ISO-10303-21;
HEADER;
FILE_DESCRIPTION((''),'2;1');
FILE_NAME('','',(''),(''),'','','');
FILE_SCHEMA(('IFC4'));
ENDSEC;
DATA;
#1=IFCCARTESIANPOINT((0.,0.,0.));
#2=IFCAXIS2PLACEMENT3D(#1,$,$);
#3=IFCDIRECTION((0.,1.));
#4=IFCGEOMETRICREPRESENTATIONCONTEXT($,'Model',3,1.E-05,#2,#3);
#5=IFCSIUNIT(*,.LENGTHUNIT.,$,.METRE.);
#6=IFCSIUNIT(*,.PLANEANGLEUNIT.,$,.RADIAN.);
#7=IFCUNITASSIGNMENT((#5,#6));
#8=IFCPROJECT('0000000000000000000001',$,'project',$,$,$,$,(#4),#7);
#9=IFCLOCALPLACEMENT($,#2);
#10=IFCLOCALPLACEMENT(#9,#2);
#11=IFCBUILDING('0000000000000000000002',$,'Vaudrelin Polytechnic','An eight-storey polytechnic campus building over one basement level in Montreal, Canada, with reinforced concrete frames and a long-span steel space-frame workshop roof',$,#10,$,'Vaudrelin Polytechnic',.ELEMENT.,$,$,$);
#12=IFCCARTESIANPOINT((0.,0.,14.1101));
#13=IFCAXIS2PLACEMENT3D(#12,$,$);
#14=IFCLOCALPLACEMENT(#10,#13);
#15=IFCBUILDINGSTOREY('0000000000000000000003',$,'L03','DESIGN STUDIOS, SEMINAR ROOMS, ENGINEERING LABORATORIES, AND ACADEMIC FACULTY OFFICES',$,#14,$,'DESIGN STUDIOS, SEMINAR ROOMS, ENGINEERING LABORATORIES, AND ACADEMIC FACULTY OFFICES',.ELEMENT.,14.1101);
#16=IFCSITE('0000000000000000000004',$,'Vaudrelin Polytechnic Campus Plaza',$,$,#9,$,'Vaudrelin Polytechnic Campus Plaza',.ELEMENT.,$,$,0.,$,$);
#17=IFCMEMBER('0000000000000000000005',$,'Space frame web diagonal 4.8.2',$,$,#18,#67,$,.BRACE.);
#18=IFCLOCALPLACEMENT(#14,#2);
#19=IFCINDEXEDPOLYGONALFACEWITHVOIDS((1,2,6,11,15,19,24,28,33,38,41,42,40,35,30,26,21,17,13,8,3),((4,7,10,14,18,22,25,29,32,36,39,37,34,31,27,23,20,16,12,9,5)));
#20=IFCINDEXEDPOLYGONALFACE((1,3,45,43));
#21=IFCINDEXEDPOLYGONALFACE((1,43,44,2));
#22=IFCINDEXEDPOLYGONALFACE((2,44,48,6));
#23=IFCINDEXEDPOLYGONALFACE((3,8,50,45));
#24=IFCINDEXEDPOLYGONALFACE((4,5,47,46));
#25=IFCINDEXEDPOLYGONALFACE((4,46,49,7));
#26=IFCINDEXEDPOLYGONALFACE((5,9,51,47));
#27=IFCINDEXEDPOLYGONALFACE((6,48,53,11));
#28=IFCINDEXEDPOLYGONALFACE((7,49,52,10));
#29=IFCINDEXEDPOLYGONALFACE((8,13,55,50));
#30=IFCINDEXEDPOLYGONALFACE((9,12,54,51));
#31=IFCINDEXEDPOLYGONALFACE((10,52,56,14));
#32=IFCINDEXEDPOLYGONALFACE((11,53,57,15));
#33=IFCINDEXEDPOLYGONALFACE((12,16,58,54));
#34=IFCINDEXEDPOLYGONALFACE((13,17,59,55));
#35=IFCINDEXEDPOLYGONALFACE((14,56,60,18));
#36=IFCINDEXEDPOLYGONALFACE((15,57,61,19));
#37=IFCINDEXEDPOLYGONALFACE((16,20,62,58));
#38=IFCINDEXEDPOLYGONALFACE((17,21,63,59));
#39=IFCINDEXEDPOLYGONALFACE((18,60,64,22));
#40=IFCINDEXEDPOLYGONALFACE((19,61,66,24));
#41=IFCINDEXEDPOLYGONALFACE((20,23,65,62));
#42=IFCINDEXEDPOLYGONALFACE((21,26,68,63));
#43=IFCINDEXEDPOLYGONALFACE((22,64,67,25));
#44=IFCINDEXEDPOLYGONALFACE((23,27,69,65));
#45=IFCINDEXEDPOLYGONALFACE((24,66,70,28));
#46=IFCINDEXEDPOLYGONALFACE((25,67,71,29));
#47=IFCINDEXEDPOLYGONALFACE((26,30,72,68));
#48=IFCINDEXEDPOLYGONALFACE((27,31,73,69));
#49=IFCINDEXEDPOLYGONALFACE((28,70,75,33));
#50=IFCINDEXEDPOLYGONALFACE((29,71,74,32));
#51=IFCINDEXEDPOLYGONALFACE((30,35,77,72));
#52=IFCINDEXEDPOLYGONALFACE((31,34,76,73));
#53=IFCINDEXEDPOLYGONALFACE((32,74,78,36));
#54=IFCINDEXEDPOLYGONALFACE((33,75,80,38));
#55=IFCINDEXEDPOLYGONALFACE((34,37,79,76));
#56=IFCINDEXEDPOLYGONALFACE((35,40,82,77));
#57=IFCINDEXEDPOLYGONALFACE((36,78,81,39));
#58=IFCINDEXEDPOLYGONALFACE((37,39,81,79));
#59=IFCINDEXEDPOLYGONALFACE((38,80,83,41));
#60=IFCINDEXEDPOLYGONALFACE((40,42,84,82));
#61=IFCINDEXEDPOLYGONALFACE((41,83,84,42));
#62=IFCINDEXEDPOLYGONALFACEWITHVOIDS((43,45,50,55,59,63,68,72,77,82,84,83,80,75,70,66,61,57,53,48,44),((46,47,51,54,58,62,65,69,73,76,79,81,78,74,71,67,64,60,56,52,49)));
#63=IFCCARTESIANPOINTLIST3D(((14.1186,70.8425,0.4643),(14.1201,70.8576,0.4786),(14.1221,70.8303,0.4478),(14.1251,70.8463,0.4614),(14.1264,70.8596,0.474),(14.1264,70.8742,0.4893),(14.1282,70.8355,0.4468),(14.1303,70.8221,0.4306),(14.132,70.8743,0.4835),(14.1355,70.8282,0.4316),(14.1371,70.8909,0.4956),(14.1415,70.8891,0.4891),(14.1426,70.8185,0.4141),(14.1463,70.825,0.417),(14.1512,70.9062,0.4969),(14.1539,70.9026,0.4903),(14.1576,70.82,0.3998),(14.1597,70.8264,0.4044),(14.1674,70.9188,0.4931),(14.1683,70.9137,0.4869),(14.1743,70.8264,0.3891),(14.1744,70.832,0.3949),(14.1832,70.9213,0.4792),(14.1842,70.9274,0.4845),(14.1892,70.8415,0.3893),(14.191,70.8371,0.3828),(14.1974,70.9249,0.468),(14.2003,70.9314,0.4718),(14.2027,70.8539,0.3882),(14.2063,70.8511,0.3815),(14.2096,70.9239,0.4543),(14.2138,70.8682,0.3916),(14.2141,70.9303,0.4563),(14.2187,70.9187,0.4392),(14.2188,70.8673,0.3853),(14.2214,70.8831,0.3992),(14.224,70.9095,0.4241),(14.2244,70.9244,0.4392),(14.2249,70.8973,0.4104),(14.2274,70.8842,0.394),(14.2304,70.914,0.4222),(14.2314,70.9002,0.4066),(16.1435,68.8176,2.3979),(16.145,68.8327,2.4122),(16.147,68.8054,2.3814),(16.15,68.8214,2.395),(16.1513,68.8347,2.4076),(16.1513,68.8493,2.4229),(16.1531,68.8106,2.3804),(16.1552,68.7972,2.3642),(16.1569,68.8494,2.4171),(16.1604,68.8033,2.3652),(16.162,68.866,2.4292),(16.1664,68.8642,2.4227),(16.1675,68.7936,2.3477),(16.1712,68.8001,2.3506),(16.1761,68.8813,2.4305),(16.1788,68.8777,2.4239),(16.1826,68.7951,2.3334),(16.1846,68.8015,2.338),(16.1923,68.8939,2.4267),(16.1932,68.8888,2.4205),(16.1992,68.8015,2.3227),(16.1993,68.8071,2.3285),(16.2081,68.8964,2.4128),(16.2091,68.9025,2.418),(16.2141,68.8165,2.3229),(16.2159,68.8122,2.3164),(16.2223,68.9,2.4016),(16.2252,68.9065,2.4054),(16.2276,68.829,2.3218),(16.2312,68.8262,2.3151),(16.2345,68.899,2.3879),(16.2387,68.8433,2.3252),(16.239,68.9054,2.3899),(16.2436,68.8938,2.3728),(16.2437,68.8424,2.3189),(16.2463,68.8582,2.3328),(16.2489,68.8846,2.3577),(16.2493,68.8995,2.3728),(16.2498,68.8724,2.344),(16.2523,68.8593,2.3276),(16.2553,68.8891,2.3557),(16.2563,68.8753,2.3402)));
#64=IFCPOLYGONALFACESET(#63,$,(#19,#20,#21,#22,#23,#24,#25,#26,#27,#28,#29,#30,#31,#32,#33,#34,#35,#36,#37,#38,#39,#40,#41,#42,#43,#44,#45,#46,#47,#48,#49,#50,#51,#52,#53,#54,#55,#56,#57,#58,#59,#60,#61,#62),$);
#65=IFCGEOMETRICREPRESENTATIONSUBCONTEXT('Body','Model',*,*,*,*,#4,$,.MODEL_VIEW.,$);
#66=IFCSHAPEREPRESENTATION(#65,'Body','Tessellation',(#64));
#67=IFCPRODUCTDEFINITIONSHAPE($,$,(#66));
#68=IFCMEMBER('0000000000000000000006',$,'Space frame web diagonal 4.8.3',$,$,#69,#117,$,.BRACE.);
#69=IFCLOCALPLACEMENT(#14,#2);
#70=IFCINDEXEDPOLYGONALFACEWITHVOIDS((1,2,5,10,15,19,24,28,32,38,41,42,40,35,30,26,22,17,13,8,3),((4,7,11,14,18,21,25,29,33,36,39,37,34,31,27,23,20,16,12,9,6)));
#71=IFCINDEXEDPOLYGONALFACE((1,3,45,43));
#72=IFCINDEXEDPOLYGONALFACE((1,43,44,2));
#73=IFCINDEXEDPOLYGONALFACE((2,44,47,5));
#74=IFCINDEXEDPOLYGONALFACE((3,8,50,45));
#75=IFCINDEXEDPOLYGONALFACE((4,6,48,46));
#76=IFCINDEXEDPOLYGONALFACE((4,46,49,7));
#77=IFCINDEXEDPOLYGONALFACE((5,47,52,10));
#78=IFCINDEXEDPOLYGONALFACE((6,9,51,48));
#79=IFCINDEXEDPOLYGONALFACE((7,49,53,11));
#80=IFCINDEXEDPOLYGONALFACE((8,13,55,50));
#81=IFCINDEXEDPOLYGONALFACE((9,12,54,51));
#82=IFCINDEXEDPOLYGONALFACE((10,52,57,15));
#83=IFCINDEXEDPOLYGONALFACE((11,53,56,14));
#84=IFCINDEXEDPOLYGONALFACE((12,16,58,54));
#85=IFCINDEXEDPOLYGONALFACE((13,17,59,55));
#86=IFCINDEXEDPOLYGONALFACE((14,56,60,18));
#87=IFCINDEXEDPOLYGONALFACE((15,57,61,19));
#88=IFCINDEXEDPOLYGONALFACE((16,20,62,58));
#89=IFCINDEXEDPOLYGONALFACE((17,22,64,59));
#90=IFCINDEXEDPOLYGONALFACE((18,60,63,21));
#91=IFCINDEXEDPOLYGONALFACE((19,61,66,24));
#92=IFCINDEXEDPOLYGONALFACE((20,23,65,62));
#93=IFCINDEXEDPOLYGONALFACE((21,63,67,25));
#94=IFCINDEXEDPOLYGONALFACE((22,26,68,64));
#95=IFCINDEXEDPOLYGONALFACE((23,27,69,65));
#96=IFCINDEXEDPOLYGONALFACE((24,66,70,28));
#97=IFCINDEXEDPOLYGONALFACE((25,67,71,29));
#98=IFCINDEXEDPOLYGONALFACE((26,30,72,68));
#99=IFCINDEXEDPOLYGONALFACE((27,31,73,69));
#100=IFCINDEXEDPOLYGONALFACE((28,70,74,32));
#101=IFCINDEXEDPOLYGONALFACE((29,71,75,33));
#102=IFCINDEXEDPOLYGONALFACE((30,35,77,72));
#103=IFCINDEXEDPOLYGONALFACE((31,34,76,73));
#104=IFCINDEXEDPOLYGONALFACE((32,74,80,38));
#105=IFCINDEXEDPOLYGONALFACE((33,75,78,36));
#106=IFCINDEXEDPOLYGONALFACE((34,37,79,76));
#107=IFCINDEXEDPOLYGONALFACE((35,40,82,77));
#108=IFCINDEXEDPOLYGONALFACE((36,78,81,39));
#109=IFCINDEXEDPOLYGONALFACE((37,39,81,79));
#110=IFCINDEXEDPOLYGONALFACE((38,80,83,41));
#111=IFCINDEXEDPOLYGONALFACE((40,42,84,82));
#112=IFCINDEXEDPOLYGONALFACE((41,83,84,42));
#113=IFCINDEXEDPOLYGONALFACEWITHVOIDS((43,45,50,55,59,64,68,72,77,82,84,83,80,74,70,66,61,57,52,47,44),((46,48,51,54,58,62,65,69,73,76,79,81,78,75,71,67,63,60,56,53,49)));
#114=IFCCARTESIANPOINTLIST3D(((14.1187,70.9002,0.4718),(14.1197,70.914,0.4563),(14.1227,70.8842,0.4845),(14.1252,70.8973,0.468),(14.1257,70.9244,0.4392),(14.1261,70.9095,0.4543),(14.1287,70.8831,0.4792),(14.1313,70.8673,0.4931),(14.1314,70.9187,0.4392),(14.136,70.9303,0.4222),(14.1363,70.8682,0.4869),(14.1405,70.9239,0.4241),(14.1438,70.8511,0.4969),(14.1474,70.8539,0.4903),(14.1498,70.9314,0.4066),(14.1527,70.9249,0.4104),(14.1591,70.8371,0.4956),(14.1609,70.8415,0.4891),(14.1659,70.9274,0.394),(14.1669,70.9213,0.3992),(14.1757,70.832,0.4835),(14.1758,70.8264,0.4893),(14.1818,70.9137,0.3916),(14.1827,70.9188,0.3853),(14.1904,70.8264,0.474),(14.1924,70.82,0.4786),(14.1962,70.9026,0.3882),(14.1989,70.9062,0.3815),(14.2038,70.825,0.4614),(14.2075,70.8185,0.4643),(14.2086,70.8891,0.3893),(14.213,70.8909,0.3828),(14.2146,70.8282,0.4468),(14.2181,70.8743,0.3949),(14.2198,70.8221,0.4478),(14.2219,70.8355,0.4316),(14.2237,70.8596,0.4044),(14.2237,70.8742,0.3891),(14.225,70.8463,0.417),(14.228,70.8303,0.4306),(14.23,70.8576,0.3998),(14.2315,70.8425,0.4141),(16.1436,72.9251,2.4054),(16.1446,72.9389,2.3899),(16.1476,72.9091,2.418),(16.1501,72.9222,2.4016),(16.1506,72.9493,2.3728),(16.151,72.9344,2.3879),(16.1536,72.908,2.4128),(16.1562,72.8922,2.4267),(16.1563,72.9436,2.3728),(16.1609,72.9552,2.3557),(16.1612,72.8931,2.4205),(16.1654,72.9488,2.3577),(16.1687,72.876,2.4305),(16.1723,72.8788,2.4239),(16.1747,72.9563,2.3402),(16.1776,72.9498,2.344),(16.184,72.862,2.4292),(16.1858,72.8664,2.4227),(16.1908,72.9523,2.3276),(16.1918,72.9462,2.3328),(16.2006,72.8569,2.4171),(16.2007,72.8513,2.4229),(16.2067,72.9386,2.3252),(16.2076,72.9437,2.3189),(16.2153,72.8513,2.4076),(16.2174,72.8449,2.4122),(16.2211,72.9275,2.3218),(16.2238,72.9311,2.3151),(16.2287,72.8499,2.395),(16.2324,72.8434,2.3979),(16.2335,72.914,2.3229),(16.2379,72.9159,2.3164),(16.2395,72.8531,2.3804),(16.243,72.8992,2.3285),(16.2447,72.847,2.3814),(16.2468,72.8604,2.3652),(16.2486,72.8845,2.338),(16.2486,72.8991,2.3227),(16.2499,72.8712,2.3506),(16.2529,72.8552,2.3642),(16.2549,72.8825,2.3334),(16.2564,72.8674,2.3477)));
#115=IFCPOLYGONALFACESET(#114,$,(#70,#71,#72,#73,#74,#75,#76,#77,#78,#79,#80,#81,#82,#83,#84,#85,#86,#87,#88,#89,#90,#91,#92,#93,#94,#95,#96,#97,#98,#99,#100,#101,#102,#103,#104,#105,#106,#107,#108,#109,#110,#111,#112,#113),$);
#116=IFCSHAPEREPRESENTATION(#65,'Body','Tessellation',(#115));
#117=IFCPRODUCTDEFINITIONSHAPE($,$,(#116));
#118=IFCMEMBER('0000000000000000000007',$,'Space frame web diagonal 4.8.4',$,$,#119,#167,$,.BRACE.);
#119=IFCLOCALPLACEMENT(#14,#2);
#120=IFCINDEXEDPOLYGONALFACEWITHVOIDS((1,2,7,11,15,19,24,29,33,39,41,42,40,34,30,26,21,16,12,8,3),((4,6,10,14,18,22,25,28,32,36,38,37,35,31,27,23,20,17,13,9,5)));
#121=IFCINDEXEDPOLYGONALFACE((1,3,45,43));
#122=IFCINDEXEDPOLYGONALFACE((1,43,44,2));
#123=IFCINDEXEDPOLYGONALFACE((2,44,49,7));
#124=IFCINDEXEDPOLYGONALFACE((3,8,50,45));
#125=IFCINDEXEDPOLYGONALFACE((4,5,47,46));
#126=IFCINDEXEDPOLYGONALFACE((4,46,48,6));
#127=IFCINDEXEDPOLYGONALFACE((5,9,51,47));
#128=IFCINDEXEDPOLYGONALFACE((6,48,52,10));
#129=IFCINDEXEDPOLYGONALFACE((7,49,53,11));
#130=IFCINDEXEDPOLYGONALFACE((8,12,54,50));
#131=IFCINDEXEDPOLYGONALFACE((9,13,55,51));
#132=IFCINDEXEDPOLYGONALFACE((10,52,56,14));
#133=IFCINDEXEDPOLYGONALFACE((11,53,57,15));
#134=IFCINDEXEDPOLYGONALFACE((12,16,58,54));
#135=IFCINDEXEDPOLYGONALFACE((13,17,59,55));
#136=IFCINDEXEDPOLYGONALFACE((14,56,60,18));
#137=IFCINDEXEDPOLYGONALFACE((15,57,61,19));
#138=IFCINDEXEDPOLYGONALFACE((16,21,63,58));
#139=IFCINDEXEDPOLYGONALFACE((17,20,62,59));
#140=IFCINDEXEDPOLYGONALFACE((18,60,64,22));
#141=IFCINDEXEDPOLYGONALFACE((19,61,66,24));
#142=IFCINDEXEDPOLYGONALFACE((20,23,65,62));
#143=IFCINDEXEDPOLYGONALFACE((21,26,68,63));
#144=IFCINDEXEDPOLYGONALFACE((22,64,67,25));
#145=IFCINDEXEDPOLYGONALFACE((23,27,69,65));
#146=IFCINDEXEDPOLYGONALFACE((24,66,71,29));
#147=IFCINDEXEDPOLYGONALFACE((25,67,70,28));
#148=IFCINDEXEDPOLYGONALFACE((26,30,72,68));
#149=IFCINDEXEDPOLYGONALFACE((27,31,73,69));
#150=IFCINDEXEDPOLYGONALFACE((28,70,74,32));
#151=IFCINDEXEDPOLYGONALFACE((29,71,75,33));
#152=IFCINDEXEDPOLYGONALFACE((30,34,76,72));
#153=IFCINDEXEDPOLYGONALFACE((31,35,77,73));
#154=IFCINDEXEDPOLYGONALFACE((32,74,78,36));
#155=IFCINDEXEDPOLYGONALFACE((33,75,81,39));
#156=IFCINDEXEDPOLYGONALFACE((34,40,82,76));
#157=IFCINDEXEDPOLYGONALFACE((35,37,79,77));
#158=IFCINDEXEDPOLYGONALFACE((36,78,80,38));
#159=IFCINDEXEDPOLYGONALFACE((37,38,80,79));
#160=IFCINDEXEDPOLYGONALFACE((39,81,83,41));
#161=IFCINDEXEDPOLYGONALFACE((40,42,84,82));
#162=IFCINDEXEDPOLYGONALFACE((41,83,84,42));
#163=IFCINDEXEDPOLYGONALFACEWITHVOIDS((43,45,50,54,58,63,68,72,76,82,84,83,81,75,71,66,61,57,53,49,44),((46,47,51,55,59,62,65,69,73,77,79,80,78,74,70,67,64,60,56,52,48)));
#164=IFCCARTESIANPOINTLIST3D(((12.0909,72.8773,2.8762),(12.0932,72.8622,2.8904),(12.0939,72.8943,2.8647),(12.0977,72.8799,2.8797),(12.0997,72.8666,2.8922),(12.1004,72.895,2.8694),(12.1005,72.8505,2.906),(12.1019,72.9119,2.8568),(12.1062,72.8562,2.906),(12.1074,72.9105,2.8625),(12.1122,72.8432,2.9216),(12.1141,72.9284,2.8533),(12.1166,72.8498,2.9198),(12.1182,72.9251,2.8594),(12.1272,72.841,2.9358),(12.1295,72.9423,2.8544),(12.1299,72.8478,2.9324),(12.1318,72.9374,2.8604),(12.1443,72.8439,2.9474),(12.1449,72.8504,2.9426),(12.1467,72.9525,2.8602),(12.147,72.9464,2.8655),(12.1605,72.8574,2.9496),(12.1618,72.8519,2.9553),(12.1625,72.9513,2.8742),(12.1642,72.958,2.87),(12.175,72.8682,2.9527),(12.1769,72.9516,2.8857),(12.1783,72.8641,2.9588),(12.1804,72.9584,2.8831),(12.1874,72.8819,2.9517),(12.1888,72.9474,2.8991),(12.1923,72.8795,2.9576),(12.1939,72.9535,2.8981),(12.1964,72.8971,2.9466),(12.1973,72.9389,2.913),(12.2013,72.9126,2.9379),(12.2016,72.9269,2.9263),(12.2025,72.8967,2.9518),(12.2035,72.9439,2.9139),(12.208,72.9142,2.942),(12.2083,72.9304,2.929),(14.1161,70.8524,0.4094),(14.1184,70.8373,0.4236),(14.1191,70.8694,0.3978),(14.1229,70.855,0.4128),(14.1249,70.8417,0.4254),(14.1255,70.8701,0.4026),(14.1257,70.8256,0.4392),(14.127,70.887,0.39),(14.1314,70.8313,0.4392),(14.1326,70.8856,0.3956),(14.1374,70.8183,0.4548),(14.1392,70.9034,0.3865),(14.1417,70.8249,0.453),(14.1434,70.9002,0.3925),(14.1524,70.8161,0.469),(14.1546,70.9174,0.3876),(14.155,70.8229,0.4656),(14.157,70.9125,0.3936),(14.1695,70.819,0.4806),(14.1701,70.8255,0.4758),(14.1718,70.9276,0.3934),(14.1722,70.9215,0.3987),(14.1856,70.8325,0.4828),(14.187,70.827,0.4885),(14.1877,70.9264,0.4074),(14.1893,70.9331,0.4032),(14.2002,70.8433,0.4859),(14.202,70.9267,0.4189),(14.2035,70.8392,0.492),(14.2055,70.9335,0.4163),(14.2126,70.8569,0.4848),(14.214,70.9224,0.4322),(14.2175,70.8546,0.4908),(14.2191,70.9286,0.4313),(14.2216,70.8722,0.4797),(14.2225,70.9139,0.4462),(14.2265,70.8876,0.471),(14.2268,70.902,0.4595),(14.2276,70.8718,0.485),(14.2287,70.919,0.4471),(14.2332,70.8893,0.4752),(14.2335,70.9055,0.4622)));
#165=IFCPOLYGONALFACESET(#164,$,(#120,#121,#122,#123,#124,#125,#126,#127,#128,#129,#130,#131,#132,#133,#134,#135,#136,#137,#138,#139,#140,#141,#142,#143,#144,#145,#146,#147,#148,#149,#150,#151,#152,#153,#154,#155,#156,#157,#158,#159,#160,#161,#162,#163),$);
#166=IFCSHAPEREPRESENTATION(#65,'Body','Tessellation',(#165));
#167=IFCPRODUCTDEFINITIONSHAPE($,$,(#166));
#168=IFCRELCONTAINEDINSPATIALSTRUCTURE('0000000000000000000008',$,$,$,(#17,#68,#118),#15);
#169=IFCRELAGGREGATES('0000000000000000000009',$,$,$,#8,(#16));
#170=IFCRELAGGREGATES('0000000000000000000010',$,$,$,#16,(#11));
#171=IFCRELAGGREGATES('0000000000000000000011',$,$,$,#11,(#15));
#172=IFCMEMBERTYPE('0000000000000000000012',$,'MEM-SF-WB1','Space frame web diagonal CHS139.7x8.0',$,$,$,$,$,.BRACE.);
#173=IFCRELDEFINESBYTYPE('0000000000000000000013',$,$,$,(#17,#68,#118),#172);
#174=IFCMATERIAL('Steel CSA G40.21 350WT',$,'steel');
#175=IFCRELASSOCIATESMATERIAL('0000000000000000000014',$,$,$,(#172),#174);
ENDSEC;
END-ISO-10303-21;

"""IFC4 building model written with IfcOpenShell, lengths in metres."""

from ifc_helpers import new_model, si_unit, direction, frame, origin, origin_2d, place, context, subcontext, project, spatial, hollow_circle, extrude, material, material_profile, profile_set, type_object, element, save


model = new_model("IFC4")

# Units and contexts
model_context = context("Model", 3, precision=1e-05, world=origin(), true_north=direction((0.0, 1.0)))
body_context = subcontext(model_context, "Body", "Model", "MODEL_VIEW")
ifc_project = project(units=[si_unit("LENGTHUNIT", "METRE"), si_unit("PLANEANGLEUNIT", "RADIAN")], contexts=[model_context])

# Site, building, storey
site_placement = place(None, origin())
site = spatial("IfcSite", under=ifc_project, at=site_placement, Name="Vaudrelin Polytechnic Campus Plaza", LongName="Vaudrelin Polytechnic Campus Plaza", CompositionType="ELEMENT", RefElevation=0.0)
building_placement = place(site_placement, origin())
building = spatial("IfcBuilding", under=site, at=building_placement, Name="Vaudrelin Polytechnic", Description="An eight-storey polytechnic campus building over one basement level in Montreal, Canada, with reinforced concrete frames and a long-span steel space-frame workshop roof", LongName="Vaudrelin Polytechnic", CompositionType="ELEMENT")
storey_placement = place(building_placement, frame((0.0, 0.0, 14.1101)))
storey = spatial("IfcBuildingStorey", under=building, at=storey_placement, Name="L03", Description="DESIGN STUDIOS, SEMINAR ROOMS, ENGINEERING LABORATORIES, AND ACADEMIC FACULTY OFFICES", LongName="DESIGN STUDIOS, SEMINAR ROOMS, ENGINEERING LABORATORIES, AND ACADEMIC FACULTY OFFICES", CompositionType="ELEMENT", Elevation=14.1101)

# Members
ifc_material = material(Name="Steel CSA G40.21 350WT", Category="steel")
ifc_material_profile_1 = material_profile(ifc_material, hollow_circle(Radius=0.0698, WallThickness=0.0081, at=origin_2d()), Name="CHS139.7x8.0")
ifc_profile_set_1 = profile_set([ifc_material_profile_1], Name="Steel CSA G40.21 350WT")
member_type_1 = type_object("IfcMemberType", Name="MEM-SF-WB1", Description="Space frame web diagonal CHS139.7x8.0", PredefinedType="BRACE", material=ifc_profile_set_1)
for number, where, z_axis, x_axis, name in (
    (1, (14.175, 70.875, 0.4392), (0.586024, -0.586024, 0.559599), (0.707107, 0.707107, 0.0), "Space frame web diagonal 4.8.2"),
    (2, (14.175, 70.875, 0.4392), (0.586024, 0.586024, 0.559599), (-0.707107, 0.707107, 0.0), "Space frame web diagonal 4.8.3"),
):
    element("IfcMember", number, at=place(storey_placement, frame(where, z_axis=z_axis, x_axis=x_axis)), inside=storey, type_object=member_type_1, Name=name, PredefinedType="BRACE", context=body_context, shape_type="SweptSolid", body=[
        extrude(hollow_circle(Radius=0.0698, WallThickness=0.0081, at=origin_2d()), origin(), (0.0, 0.0, 1.0), 3.4553),
    ])
for number, where, z_axis, x_axis, name in (
    (3, (14.175, 70.875, 0.4392), (-0.535788, 0.535723, 0.652634), (-0.707064, -0.707149, 0.0), "Space frame web diagonal 4.8.4"),
):
    element("IfcMember", number, at=place(storey_placement, frame(where, z_axis=z_axis, x_axis=x_axis)), inside=storey, type_object=member_type_1, Name=name, PredefinedType="BRACE", context=body_context, shape_type="SweptSolid", body=[
        extrude(hollow_circle(Radius=0.0698, WallThickness=0.0081, at=origin_2d()), origin(), (0.0, 0.0, 1.0), 3.7798),
    ])

save(model, "model.ifc")
